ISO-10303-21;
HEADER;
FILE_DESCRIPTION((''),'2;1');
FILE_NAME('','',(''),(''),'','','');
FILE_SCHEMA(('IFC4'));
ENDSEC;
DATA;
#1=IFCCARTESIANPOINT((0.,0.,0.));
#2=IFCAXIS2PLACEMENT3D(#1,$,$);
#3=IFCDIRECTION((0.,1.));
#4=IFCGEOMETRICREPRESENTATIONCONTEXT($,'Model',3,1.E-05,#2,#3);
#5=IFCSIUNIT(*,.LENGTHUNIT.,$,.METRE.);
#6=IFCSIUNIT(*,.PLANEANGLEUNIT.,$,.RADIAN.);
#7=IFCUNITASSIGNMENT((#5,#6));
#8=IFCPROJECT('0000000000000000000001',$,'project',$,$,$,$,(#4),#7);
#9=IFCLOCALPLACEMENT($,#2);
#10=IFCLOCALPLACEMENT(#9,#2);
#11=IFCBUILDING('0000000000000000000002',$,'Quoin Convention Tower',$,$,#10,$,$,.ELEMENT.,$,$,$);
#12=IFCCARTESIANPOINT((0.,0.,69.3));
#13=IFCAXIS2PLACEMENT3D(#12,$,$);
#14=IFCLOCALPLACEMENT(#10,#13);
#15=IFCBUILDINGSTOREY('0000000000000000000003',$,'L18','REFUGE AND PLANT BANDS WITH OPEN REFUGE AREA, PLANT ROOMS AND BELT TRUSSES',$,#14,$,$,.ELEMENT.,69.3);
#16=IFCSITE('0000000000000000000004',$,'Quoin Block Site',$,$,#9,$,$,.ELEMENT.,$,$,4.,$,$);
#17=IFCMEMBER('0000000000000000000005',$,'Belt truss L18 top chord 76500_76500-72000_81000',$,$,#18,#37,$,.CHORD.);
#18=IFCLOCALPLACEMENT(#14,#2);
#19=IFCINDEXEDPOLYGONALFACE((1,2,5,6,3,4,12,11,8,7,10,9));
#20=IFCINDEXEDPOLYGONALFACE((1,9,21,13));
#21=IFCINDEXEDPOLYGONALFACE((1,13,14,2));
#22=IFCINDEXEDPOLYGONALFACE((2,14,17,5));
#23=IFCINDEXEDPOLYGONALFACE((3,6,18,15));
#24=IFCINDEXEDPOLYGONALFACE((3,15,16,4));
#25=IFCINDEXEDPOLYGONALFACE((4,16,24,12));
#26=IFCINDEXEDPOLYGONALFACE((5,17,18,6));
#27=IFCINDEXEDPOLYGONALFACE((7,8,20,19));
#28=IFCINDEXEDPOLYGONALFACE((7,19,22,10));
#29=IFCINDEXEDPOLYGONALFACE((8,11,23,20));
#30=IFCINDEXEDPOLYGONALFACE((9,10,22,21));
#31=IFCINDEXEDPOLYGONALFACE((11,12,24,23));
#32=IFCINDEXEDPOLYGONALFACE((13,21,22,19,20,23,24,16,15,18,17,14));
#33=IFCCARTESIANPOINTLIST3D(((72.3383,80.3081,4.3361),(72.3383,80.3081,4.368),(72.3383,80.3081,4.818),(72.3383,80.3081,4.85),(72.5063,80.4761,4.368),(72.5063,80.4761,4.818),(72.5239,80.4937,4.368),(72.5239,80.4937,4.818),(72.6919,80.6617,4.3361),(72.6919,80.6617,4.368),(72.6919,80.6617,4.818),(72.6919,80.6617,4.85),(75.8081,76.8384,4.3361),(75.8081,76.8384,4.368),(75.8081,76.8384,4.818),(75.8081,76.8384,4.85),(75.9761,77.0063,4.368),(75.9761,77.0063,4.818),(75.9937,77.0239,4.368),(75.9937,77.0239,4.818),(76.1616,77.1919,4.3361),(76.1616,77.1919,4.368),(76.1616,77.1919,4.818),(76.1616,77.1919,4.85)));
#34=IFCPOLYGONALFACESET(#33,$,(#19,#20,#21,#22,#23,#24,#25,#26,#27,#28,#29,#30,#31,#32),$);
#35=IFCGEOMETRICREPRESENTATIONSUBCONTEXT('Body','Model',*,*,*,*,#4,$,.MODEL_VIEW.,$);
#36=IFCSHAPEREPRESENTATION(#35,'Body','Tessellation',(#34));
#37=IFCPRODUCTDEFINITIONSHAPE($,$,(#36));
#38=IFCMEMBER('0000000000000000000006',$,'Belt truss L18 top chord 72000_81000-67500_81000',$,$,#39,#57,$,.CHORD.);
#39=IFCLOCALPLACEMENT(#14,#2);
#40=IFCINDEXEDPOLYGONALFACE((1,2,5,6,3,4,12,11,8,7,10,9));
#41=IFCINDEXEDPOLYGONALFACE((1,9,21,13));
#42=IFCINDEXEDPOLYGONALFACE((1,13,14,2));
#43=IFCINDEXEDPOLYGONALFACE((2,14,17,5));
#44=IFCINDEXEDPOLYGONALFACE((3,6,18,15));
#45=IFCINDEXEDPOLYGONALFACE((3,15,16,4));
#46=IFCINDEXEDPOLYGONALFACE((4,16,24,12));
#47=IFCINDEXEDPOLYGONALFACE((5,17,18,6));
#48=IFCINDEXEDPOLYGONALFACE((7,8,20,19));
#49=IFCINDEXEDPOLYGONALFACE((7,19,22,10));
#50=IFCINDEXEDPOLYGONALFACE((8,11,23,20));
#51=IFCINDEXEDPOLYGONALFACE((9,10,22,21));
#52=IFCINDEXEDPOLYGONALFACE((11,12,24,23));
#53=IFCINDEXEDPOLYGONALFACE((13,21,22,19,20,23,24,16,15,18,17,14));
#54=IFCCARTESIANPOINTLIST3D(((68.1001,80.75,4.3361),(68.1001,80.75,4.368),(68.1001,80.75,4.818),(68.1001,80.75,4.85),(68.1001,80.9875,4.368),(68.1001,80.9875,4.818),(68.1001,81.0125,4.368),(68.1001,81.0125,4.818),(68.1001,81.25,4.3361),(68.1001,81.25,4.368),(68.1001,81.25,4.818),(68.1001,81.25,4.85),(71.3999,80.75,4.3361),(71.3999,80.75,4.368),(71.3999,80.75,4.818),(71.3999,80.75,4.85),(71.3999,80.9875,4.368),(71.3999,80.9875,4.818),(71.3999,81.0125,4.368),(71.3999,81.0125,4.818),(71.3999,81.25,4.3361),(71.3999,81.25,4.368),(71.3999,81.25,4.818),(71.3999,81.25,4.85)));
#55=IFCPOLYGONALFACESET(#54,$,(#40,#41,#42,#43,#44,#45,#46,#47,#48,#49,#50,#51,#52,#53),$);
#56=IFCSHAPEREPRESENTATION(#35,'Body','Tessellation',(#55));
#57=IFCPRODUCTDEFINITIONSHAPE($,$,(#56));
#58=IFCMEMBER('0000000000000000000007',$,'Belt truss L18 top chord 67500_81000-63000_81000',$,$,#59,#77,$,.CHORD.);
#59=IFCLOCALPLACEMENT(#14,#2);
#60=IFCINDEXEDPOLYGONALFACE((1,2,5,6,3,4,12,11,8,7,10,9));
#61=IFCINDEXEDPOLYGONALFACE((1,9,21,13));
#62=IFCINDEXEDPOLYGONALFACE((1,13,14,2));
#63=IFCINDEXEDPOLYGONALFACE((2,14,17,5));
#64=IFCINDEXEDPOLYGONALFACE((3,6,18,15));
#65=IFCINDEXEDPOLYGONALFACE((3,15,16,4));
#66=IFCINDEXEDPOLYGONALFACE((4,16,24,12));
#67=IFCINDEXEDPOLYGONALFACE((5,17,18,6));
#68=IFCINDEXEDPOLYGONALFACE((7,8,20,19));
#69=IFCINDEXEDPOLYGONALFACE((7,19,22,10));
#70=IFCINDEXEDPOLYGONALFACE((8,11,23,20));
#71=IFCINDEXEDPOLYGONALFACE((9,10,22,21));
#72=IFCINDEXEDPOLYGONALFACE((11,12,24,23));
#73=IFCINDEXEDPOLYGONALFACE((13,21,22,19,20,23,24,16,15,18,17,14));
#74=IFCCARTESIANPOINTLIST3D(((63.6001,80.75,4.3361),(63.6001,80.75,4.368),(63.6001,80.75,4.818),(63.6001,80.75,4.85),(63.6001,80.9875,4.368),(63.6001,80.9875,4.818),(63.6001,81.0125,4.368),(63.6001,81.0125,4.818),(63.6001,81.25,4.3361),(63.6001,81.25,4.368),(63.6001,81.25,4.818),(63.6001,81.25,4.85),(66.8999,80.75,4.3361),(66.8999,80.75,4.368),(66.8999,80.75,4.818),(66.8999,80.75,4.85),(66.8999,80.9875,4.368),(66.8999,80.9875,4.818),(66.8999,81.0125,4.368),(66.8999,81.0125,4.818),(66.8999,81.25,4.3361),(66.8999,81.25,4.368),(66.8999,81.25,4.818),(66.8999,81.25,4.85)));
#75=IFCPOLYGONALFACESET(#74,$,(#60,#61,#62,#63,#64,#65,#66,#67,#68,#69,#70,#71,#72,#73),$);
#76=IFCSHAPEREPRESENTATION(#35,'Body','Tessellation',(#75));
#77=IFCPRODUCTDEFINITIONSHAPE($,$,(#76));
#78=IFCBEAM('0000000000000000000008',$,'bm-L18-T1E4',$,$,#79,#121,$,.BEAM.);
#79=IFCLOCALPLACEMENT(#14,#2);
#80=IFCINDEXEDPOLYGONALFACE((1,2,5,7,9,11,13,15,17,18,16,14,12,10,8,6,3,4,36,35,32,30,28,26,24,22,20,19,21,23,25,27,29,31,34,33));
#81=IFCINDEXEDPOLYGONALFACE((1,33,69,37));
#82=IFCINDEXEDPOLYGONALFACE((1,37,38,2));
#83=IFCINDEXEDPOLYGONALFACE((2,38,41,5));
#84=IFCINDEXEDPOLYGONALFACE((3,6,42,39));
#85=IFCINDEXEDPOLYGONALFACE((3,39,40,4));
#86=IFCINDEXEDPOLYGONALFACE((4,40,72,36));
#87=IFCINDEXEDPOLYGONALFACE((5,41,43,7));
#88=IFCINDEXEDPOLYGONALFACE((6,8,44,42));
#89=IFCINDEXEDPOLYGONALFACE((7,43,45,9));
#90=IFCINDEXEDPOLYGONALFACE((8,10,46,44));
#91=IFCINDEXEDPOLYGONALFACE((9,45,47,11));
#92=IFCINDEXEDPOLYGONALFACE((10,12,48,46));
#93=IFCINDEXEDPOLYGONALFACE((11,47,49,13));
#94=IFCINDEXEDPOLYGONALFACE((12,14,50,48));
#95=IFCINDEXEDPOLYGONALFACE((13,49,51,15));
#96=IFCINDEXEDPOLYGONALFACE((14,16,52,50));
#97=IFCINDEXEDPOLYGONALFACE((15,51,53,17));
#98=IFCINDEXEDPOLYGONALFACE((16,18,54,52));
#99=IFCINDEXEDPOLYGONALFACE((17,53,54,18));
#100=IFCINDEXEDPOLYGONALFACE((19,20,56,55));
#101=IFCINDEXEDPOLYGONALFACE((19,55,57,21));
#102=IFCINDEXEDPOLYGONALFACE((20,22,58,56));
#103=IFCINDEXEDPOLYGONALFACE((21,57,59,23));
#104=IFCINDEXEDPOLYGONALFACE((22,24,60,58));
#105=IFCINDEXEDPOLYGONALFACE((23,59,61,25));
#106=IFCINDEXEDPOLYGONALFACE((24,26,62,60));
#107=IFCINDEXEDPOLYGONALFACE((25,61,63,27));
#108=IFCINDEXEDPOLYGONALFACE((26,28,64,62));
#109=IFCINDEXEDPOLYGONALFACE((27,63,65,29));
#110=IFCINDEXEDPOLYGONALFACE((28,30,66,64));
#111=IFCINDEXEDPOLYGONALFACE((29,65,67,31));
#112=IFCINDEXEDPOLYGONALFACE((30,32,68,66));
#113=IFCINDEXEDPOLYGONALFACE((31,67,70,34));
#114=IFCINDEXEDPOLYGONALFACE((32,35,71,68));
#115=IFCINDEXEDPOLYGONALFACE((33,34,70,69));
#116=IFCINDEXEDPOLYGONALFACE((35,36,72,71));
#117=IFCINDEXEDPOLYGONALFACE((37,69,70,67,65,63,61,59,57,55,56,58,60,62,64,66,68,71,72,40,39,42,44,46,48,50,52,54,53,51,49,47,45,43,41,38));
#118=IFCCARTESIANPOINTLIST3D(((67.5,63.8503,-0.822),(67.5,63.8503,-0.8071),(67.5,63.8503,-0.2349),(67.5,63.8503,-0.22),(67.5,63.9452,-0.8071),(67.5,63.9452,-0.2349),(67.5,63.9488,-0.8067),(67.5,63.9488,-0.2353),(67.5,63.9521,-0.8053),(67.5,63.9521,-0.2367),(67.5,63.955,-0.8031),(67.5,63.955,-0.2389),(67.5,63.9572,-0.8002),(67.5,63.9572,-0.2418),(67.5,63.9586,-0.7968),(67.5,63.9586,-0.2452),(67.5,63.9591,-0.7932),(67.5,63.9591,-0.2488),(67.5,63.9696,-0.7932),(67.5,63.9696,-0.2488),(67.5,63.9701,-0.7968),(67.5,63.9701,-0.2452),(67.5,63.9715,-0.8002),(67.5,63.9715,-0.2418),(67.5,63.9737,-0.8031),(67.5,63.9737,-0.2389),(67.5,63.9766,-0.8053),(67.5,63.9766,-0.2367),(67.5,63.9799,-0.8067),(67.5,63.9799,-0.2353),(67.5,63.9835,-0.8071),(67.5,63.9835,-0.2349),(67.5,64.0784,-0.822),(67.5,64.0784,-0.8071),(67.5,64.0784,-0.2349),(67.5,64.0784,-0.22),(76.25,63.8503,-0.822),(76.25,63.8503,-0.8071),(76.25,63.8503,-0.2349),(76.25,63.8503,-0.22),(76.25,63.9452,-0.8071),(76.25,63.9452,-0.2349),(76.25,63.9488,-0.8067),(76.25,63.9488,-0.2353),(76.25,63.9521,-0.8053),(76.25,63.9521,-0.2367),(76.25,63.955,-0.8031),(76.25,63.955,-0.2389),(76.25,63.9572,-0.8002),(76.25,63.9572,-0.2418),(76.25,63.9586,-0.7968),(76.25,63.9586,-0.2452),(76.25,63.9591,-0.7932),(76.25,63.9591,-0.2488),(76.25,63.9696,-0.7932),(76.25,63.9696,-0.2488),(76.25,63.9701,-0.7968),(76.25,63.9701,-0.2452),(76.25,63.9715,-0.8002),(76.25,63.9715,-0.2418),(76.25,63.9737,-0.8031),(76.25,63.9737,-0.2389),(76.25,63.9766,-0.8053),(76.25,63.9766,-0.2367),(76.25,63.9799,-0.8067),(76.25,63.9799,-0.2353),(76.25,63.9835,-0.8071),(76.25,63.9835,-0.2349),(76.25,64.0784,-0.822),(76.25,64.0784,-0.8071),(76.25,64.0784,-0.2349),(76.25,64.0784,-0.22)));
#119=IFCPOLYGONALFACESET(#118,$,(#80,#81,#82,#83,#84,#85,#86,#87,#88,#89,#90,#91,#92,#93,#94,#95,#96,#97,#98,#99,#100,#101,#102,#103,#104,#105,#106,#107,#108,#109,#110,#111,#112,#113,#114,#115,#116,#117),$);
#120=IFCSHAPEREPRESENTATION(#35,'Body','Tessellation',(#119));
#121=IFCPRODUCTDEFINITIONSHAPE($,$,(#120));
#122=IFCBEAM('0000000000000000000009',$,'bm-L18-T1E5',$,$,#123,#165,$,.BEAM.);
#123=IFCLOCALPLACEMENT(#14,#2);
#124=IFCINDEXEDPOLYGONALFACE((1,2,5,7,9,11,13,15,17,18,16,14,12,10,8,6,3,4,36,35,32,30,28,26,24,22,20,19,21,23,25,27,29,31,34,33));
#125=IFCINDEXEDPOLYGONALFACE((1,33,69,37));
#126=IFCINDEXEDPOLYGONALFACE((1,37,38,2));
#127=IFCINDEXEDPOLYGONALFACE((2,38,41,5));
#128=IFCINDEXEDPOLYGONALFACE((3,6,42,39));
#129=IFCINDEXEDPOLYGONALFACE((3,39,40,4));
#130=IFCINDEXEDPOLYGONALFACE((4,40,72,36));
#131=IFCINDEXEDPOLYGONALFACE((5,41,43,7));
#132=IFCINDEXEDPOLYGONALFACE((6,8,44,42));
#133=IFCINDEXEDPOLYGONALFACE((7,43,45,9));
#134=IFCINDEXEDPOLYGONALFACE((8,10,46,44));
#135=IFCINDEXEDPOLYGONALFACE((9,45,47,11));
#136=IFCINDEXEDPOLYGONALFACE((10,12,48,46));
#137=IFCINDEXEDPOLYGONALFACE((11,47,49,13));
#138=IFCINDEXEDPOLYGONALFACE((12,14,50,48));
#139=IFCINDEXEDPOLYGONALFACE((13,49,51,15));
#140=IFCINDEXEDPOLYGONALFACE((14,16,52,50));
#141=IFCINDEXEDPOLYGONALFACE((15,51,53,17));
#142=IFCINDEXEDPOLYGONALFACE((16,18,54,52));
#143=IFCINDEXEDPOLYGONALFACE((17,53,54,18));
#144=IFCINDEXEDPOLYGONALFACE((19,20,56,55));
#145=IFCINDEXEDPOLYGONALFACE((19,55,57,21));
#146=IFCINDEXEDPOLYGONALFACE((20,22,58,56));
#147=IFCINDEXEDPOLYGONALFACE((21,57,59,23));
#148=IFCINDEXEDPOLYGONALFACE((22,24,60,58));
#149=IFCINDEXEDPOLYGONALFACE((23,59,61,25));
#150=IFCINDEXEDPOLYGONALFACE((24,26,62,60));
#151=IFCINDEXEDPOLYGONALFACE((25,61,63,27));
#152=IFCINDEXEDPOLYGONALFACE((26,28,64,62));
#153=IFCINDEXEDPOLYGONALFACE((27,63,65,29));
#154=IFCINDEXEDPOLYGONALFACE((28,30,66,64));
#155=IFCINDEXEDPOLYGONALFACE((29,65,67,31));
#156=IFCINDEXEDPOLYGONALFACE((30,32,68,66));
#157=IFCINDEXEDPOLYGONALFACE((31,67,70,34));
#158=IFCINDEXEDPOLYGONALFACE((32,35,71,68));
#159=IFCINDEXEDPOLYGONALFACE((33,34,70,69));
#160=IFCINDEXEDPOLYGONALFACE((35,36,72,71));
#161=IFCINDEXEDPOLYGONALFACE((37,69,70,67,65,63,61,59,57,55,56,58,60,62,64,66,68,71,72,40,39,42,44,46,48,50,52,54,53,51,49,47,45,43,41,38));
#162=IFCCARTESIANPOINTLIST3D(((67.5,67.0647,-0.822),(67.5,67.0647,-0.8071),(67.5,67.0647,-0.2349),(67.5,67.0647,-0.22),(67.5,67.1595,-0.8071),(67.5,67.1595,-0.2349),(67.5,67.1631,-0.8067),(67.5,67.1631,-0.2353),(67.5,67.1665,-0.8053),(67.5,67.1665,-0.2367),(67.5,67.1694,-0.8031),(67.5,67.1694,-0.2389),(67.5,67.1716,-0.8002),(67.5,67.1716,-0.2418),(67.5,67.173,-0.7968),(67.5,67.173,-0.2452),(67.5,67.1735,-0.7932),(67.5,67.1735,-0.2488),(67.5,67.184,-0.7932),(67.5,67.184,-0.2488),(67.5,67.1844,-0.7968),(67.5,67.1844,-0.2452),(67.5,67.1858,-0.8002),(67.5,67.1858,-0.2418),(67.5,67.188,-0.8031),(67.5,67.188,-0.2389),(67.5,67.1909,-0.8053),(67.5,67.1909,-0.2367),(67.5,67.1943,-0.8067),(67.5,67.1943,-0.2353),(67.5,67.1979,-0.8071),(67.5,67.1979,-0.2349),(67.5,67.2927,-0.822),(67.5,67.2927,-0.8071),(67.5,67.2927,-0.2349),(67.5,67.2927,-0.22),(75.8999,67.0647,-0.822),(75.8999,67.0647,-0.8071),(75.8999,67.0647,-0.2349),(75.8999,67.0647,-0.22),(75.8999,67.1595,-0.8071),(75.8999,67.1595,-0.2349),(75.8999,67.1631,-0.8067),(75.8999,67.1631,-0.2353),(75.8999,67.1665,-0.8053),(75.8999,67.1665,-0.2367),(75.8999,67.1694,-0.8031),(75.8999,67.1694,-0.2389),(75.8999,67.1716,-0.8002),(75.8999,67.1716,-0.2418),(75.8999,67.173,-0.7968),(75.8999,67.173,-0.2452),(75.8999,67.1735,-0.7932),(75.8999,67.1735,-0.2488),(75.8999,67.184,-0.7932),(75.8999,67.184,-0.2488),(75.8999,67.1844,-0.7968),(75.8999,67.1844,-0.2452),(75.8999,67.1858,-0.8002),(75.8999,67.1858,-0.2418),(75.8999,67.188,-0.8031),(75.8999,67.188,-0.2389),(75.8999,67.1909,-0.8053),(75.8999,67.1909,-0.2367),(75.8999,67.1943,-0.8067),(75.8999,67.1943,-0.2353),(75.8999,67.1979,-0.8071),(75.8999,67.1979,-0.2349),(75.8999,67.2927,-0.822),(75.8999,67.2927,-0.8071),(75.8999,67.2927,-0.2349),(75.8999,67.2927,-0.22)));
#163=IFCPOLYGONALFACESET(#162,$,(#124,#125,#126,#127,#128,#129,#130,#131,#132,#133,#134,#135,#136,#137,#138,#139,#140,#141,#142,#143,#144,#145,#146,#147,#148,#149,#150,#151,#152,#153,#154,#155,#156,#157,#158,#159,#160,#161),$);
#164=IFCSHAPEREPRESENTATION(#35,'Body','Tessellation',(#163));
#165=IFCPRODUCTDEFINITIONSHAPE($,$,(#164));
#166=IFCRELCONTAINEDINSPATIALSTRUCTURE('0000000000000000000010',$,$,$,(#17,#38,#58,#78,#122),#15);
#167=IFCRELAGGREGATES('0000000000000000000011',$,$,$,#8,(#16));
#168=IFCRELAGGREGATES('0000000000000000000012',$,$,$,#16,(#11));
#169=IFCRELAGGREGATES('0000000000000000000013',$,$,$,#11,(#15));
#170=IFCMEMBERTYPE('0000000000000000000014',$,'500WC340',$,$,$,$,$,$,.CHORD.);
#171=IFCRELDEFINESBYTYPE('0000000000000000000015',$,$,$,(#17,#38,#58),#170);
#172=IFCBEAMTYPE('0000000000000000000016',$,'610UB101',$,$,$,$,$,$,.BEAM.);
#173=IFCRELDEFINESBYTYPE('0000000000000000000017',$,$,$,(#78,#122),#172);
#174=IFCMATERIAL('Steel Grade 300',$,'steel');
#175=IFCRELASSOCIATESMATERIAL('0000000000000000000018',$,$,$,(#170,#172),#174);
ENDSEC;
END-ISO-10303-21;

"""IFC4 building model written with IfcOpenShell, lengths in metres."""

from ifc_helpers import new_model, si_unit, direction, frame, origin, origin_2d, place, context, subcontext, project, spatial, i_section, extrude, material, material_profile, profile_set, type_object, element, save


model = new_model("IFC4")

# Units and contexts
model_context = context("Model", 3, precision=1e-05, world=origin(), true_north=direction((0.0, 1.0)))
body_context = subcontext(model_context, "Body", "Model", "MODEL_VIEW")
ifc_project = project(units=[si_unit("LENGTHUNIT", "METRE"), si_unit("PLANEANGLEUNIT", "RADIAN")], contexts=[model_context])

# Site, building, storey
site_placement = place(None, origin())
site = spatial("IfcSite", under=ifc_project, at=site_placement, Name="Quoin Block Site", CompositionType="ELEMENT", RefElevation=4.0)
building_placement = place(site_placement, origin())
building = spatial("IfcBuilding", under=site, at=building_placement, Name="Quoin Convention Tower", CompositionType="ELEMENT")
storey_placement = place(building_placement, frame((0.0, 0.0, 69.3)))
storey = spatial("IfcBuildingStorey", under=building, at=storey_placement, Name="L18", Description="REFUGE AND PLANT BANDS WITH OPEN REFUGE AREA, PLANT ROOMS AND BELT TRUSSES", CompositionType="ELEMENT", Elevation=69.3)

# Members
ifc_material_1 = material(Name="Steel Grade 300", Category="steel")
ifc_material_profile_1 = material_profile(ifc_material_1, i_section(OverallWidth=0.5, OverallDepth=0.5139, WebThickness=0.0249, FlangeThickness=0.032, at=origin_2d()), Name="500WC340")
ifc_profile_set_1 = profile_set([ifc_material_profile_1], Name="Steel Grade 300")
member_type_1 = type_object("IfcMemberType", Name="500WC340", PredefinedType="CHORD", material=ifc_profile_set_1)
member_1_placement = place(storey_placement, frame((75.9849, 77.0151, 4.593), z_axis=(-0.707107, 0.707107, 0.0), x_axis=(-0.707107, -0.707107, 0.0)))
element("IfcMember", 1, at=member_1_placement, inside=storey, type_object=member_type_1, Name="Belt truss L18 top chord 76500_76500-72000_81000", PredefinedType="CHORD", context=body_context, shape_type="SweptSolid", body=[
    extrude(i_section(OverallWidth=0.5, OverallDepth=0.5139, WebThickness=0.0249, FlangeThickness=0.032, at=origin_2d()), origin(), (0.0, 0.0, 1.0), 4.907),
])
for number, where, z_axis, x_axis, name in (
    (2, (71.3999, 81.0, 4.593), (-1.0, 0.0, 0.0), (0.0, -1.0, 0.0), "Belt truss L18 top chord 72000_81000-67500_81000"),
    (3, (66.8999, 81.0, 4.593), (-1.0, 0.0, 0.0), (0.0, -1.0, 0.0), "Belt truss L18 top chord 67500_81000-63000_81000"),
):
    element("IfcMember", number, at=place(storey_placement, frame(where, z_axis=z_axis, x_axis=x_axis)), inside=storey, type_object=member_type_1, Name=name, PredefinedType="CHORD", context=body_context, shape_type="SweptSolid", body=[
        extrude(i_section(OverallWidth=0.5, OverallDepth=0.5139, WebThickness=0.0249, FlangeThickness=0.032, at=origin_2d()), origin(), (0.0, 0.0, 1.0), 3.2998),
    ])

# Beams
ifc_material_profile_2 = material_profile(ifc_material_1, i_section(OverallWidth=0.228, OverallDepth=0.6021, WebThickness=0.0105, FlangeThickness=0.0149, FilletRadius=0.0139, at=origin_2d()), Name="610UB101")
ifc_profile_set_2 = profile_set([ifc_material_profile_2], Name="Steel Grade 300")
beam_type_1 = type_object("IfcBeamType", Name="610UB101", PredefinedType="BEAM", material=ifc_profile_set_2)
beam_1_placement = place(storey_placement, frame((67.5, 63.9644, -0.521), z_axis=(1.0, 0.0, 0.0), x_axis=(0.0, 1.0, 0.0)))
element("IfcBeam", 4, at=beam_1_placement, inside=storey, type_object=beam_type_1, Name="bm-L18-T1E4", PredefinedType="BEAM", context=body_context, shape_type="SweptSolid", body=[
    extrude(i_section(OverallWidth=0.228, OverallDepth=0.6021, WebThickness=0.0105, FlangeThickness=0.0149, FilletRadius=0.0139, at=origin_2d()), origin(), (0.0, 0.0, 1.0), 8.75),
])
beam_2_placement = place(storey_placement, frame((67.5, 67.1787, -0.521), z_axis=(1.0, 0.0, 0.0), x_axis=(0.0, 1.0, 0.0)))
element("IfcBeam", 5, at=beam_2_placement, inside=storey, type_object=beam_type_1, Name="bm-L18-T1E5", PredefinedType="BEAM", context=body_context, shape_type="SweptSolid", body=[
    extrude(i_section(OverallWidth=0.228, OverallDepth=0.6021, WebThickness=0.0105, FlangeThickness=0.0149, FilletRadius=0.0139, at=origin_2d()), origin(), (0.0, 0.0, 1.0), 8.3999),
])

save(model, "model.ifc")
